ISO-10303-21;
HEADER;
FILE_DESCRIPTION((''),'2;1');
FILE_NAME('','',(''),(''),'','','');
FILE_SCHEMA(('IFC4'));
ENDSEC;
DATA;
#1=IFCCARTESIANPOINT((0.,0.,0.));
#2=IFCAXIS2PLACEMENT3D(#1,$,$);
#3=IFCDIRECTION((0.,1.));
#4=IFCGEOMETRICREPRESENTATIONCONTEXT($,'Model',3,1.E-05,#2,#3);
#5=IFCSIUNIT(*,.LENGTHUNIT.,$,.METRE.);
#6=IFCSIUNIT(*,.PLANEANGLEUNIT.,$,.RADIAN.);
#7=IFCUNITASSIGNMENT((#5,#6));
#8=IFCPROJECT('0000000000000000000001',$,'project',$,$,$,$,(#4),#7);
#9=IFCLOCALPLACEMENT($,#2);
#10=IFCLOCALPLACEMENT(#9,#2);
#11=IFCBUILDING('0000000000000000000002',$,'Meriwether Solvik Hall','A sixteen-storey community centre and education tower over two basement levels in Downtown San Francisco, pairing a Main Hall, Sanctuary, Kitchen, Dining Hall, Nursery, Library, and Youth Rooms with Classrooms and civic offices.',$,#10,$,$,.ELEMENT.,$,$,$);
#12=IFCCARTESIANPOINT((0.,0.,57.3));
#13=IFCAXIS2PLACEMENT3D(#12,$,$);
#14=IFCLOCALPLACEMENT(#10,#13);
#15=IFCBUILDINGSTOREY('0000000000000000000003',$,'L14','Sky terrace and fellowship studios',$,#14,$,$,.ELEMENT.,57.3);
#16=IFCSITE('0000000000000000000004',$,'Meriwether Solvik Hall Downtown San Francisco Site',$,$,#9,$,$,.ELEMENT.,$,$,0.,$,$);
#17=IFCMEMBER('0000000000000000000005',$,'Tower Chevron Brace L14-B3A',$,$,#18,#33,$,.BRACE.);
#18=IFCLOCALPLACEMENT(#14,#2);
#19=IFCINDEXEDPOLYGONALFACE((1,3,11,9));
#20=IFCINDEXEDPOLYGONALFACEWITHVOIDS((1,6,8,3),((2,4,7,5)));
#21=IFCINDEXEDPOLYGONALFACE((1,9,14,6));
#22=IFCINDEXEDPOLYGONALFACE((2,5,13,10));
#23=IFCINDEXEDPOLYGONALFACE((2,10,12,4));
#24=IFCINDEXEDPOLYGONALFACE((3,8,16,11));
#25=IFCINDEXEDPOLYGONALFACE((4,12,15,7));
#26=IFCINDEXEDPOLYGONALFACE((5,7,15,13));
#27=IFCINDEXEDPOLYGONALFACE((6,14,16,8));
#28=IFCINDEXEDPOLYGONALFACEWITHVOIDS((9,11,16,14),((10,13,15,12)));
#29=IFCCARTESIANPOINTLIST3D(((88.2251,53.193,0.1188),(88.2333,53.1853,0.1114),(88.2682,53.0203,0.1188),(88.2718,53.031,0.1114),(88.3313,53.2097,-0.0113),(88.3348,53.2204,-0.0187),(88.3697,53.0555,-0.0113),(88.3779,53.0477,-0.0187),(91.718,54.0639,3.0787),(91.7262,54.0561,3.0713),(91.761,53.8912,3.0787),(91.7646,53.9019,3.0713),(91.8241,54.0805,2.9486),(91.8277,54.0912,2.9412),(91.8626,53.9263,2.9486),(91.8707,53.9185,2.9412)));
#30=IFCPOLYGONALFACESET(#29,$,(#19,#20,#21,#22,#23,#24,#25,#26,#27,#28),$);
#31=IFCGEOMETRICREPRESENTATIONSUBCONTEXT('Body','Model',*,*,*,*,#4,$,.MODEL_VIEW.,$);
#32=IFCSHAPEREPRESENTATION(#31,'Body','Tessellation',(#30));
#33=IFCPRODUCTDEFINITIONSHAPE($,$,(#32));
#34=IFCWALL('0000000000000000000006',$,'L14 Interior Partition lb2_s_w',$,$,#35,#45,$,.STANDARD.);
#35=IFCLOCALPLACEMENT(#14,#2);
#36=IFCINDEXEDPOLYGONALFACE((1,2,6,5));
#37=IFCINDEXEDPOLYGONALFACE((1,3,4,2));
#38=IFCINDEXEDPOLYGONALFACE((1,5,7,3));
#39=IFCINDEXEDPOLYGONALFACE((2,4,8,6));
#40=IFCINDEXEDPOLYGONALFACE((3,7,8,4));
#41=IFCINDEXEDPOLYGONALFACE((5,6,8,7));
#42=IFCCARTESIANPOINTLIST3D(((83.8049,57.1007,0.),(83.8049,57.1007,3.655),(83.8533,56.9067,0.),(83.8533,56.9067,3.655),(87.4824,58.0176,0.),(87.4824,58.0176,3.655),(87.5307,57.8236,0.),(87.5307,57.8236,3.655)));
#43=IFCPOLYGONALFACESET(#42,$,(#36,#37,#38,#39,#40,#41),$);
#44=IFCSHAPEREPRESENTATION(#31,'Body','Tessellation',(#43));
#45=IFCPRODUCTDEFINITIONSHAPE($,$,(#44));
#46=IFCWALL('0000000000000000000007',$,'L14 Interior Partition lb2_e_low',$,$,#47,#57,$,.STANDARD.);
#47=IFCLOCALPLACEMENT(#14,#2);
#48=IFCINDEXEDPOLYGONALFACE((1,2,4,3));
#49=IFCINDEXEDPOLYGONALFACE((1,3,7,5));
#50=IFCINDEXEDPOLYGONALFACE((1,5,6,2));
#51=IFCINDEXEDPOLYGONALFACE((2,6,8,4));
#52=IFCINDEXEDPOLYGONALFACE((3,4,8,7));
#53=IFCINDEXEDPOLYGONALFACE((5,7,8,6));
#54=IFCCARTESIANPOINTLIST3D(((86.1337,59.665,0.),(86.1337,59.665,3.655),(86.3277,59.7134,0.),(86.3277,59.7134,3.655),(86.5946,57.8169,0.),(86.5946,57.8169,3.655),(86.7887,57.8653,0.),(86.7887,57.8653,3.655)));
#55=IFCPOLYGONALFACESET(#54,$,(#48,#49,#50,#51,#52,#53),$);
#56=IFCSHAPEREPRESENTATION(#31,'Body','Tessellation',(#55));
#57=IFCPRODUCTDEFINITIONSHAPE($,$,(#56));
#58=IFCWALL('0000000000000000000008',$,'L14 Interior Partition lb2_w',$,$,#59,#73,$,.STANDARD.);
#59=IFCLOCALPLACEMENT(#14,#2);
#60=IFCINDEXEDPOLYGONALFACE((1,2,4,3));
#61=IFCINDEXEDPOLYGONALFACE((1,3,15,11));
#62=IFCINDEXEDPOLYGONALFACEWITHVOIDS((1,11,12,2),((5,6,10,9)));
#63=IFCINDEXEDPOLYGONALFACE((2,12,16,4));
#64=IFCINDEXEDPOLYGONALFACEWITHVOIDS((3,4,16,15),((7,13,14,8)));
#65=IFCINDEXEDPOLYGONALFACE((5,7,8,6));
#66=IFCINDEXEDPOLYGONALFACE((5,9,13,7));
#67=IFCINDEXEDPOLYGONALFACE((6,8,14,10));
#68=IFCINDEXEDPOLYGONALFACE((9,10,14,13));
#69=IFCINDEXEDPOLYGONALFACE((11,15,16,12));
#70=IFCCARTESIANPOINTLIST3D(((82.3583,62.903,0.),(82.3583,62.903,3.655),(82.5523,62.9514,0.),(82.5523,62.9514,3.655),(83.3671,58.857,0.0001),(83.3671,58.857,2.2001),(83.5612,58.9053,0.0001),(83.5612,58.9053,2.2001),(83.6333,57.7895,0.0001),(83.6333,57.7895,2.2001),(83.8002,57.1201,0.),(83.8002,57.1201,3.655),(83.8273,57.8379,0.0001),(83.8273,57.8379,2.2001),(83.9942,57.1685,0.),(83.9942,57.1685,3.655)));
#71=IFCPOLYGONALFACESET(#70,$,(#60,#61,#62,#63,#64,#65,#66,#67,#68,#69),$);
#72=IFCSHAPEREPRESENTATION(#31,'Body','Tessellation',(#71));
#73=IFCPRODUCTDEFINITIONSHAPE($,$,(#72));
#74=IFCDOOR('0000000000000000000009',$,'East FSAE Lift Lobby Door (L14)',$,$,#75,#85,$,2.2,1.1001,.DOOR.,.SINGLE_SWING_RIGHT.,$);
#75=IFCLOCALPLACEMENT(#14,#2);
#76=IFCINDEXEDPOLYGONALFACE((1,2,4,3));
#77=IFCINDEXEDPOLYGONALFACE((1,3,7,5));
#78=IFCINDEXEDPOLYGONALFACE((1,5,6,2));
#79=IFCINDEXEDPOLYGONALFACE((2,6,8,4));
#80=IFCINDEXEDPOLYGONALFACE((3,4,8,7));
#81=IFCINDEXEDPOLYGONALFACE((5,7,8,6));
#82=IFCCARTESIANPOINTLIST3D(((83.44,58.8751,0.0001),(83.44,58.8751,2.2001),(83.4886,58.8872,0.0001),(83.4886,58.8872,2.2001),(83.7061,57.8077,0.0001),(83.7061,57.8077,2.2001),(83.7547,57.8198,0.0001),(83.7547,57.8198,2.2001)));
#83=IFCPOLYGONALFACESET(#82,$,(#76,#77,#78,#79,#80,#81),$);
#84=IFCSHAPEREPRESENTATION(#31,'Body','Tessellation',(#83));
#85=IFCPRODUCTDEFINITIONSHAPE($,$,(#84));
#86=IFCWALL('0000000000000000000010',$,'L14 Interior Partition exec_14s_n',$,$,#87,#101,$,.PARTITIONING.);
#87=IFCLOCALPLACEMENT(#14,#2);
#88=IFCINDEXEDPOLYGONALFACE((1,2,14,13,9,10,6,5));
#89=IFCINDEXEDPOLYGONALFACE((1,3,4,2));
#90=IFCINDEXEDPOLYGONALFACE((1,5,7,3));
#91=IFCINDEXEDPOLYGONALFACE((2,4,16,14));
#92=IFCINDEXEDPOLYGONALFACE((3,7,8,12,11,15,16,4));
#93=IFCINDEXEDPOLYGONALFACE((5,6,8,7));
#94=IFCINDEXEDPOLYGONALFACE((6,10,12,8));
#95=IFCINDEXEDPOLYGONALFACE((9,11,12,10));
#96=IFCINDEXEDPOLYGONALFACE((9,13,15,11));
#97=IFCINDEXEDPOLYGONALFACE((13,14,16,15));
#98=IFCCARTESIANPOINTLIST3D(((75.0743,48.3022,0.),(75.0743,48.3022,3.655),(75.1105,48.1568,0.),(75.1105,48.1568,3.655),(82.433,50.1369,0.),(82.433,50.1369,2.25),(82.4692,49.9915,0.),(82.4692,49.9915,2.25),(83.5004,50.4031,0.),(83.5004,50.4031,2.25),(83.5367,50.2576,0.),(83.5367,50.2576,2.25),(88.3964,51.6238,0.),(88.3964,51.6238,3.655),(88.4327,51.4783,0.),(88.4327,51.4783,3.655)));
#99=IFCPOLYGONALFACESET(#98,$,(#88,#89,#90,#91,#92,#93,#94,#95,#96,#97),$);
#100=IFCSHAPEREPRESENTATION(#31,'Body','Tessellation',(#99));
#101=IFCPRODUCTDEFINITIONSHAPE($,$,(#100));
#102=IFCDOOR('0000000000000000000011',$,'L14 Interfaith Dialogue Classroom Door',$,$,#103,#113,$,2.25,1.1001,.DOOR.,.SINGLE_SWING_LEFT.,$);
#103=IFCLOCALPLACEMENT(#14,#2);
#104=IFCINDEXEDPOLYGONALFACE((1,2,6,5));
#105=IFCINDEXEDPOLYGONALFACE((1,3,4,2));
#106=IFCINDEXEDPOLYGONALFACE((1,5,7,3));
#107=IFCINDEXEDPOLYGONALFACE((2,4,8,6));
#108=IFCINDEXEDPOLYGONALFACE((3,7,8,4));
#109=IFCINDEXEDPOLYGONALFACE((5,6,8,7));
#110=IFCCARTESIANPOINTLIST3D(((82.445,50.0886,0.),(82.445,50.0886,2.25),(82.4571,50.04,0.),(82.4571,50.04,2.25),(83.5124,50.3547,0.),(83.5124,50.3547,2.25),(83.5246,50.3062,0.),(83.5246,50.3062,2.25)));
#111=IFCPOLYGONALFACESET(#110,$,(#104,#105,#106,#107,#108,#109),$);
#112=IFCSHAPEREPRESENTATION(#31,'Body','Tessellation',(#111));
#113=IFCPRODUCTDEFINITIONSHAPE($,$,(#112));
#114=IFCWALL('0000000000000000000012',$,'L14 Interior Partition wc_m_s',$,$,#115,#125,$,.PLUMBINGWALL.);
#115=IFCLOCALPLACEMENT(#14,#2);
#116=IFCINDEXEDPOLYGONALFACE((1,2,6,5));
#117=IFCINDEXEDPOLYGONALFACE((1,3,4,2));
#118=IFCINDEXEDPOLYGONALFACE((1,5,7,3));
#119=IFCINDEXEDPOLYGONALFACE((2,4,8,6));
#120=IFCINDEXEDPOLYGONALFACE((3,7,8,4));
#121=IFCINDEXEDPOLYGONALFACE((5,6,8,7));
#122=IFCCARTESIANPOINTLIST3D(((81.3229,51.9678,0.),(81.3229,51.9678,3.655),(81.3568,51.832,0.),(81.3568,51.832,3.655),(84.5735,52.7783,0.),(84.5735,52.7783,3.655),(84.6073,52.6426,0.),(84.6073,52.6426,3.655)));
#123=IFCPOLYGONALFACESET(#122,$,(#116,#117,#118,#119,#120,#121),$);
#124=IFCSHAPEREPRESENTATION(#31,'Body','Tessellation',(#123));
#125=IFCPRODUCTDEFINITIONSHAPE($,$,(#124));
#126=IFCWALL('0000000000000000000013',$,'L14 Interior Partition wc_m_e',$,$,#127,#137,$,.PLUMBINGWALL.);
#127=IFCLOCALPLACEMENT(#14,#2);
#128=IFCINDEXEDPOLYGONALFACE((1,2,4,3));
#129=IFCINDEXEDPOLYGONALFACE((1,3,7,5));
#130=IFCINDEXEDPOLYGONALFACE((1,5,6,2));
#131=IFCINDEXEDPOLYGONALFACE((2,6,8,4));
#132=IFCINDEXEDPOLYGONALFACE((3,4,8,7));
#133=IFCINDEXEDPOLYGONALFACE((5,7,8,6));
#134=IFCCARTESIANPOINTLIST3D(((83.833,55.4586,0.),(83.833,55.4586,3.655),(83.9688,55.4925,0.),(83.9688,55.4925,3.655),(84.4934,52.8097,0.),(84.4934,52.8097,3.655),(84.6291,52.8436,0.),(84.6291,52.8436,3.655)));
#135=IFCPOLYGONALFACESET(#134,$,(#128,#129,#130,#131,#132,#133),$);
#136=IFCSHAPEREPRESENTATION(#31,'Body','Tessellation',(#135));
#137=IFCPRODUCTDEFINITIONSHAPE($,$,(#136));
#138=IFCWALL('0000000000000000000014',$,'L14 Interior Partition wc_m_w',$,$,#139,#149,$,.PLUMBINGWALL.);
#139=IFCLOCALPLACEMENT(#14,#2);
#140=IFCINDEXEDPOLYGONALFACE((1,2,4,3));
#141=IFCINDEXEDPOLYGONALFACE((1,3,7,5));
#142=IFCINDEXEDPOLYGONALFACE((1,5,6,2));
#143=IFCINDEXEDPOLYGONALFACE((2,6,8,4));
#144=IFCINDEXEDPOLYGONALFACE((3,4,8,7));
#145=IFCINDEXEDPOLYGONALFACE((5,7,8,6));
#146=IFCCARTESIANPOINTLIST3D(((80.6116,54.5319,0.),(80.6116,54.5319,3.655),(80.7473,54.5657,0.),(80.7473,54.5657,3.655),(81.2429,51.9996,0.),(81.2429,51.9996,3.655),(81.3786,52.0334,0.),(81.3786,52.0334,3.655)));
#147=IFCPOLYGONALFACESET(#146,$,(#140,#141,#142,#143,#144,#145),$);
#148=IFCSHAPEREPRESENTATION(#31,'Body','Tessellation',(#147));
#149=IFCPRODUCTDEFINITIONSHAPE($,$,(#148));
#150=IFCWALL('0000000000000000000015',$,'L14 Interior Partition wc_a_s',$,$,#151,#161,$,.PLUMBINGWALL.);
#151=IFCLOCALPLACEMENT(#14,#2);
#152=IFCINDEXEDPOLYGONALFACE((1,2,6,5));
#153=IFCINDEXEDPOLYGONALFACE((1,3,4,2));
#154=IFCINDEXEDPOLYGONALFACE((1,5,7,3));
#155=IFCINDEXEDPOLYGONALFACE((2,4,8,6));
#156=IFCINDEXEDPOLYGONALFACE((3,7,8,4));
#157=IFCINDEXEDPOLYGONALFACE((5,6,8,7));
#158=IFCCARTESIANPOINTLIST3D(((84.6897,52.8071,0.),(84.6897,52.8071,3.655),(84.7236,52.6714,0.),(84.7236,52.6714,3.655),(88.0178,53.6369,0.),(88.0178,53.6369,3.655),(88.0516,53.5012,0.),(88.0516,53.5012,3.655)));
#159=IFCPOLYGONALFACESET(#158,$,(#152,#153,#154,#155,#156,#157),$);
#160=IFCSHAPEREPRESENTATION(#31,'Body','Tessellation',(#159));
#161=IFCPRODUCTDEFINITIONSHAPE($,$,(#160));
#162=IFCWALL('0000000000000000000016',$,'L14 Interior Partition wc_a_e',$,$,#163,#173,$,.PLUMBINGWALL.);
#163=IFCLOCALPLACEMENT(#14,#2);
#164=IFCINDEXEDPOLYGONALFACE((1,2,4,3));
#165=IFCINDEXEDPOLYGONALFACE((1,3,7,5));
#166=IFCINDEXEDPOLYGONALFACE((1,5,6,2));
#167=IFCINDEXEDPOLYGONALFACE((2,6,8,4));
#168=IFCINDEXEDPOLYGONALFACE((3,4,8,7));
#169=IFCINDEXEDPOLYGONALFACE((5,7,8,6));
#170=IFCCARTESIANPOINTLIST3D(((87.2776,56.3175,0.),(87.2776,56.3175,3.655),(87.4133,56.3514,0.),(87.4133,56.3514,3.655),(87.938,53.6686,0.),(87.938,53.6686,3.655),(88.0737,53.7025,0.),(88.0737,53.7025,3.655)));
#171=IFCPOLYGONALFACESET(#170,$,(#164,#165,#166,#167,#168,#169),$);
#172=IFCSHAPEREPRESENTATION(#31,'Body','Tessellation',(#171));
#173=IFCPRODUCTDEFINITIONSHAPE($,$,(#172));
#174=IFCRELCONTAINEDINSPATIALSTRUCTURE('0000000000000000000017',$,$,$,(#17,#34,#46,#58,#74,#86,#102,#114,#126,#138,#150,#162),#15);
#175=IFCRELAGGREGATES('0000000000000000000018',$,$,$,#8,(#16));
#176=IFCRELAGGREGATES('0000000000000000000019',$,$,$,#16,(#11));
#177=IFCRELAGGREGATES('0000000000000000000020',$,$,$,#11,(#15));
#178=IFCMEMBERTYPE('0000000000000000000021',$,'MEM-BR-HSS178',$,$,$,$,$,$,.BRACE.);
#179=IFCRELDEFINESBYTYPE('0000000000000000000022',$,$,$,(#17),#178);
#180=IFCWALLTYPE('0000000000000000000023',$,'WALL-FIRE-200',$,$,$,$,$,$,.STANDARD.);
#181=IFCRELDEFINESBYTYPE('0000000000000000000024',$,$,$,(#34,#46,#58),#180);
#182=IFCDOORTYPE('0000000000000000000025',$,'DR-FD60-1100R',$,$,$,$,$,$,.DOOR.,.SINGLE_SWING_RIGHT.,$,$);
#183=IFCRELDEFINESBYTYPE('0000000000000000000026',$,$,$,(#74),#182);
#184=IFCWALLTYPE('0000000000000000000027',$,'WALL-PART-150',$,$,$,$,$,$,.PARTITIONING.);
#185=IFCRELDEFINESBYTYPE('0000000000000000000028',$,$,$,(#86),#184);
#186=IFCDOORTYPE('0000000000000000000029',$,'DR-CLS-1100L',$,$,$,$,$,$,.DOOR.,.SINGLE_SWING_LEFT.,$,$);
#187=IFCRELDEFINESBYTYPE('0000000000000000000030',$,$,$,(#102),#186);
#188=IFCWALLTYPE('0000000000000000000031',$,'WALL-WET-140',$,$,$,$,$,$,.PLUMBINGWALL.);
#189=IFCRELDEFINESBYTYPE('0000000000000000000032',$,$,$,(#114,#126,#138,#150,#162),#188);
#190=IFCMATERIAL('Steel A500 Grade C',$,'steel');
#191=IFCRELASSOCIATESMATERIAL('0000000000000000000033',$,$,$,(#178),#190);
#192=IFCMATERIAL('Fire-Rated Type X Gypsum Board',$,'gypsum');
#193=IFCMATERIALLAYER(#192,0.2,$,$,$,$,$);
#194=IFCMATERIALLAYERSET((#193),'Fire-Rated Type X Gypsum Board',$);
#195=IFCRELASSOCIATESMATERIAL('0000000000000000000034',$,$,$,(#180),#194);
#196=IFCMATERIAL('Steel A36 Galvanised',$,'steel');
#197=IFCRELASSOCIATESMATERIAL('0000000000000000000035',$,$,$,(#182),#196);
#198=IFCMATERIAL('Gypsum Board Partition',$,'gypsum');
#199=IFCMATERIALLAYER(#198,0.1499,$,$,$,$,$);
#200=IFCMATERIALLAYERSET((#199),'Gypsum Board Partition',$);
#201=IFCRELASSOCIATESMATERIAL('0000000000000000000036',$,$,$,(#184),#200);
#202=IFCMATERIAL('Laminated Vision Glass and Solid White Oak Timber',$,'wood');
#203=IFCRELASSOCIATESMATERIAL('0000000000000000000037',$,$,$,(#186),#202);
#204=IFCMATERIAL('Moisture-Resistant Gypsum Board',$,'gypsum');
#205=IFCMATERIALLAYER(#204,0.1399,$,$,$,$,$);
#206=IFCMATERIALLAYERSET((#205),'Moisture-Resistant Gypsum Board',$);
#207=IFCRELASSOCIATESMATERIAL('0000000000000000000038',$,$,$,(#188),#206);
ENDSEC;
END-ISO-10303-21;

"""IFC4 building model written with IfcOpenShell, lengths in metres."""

from ifc_helpers import new_model, si_unit, direction, frame, frame_2d, origin, origin_2d, place, context, subcontext, project, spatial, rectangle, hollow_rectangle, extrude, material, layer, layer_set, material_profile, profile_set, type_object, element, fill, save


model = new_model("IFC4")

# Units and contexts
model_context = context("Model", 3, precision=1e-05, world=origin(), true_north=direction((0.0, 1.0)))
body_context = subcontext(model_context, "Body", "Model", "MODEL_VIEW")
ifc_project = project(units=[si_unit("LENGTHUNIT", "METRE"), si_unit("PLANEANGLEUNIT", "RADIAN")], contexts=[model_context])

# Site, building, storey
site_placement = place(None, origin())
site = spatial("IfcSite", under=ifc_project, at=site_placement, Name="Meriwether Solvik Hall Downtown San Francisco Site", CompositionType="ELEMENT", RefElevation=0.0)
building_placement = place(site_placement, origin())
building = spatial("IfcBuilding", under=site, at=building_placement, Name="Meriwether Solvik Hall", Description="A sixteen-storey community centre and education tower over two basement levels in Downtown San Francisco, pairing a Main Hall, Sanctuary, Kitchen, Dining Hall, Nursery, Library, and Youth Rooms with Classrooms and civic offices.", CompositionType="ELEMENT")
storey_placement = place(building_placement, frame((0.0, 0.0, 57.3)))
storey = spatial("IfcBuildingStorey", under=building, at=storey_placement, Name="L14", Description="Sky terrace and fellowship studios", CompositionType="ELEMENT", Elevation=57.3)

# Member
ifc_material_1 = material(Name="Steel A500 Grade C", Category="steel")
ifc_material_profile_1 = material_profile(ifc_material_1, hollow_rectangle(XDim=0.178, YDim=0.178, WallThickness=0.0095, at=origin_2d()), Name="HSS178X178X9.5")
ifc_profile_set_1 = profile_set([ifc_material_profile_1], Name="Steel A500 Grade C")
member_type_1 = type_object("IfcMemberType", Name="MEM-BR-HSS178", PredefinedType="BRACE", material=ifc_profile_set_1)
member_1_placement = place(storey_placement, frame((88.3015, 53.1204, 0.05), z_axis=(0.749474, 0.186858, 0.635117), x_axis=(-0.241913, 0.970298, 0.0)))
element("IfcMember", 1, at=member_1_placement, inside=storey, type_object=member_type_1, Name="Tower Chevron Brace L14-B3A", PredefinedType="BRACE", context=body_context, shape_type="SweptSolid", body=[
    extrude(hollow_rectangle(XDim=0.178, YDim=0.178, WallThickness=0.0095, at=origin_2d()), origin(), (0.0, 0.0, 1.0), 4.6604),
])

# Walls
ifc_material_2 = material(Name="Fire-Rated Type X Gypsum Board", Category="gypsum")
ifc_layer_1 = layer(ifc_material_2, 0.2)
ifc_layer_set_1 = layer_set([ifc_layer_1], Name="Fire-Rated Type X Gypsum Board")
wall_type_1 = type_object("IfcWallType", Name="WALL-FIRE-200", PredefinedType="STANDARD", material=ifc_layer_set_1)
wall_1_placement = place(storey_placement, frame((83.8291, 57.0037, 0.0), z_axis=(0.0, 0.0, 1.0), x_axis=(0.97029, 0.241944, 0.0)))
element("IfcWall", 2, at=wall_1_placement, inside=storey, type_object=wall_type_1, Name="L14 Interior Partition lb2_s_w", PredefinedType="STANDARD", context=body_context, shape_type="SweptSolid", body=[
    extrude(rectangle(XDim=3.79, YDim=0.2, at=frame_2d((1.895, 0.0))), origin(), (0.0, 0.0, 1.0), 3.655),
])
wall_2_placement = place(storey_placement, frame((86.6917, 57.8411, 0.0), z_axis=(0.0, 0.0, 1.0), x_axis=(-0.241993, 0.970278, 0.0)))
element("IfcWall", 3, at=wall_2_placement, inside=storey, type_object=wall_type_1, Name="L14 Interior Partition lb2_e_low", PredefinedType="STANDARD", context=body_context, shape_type="SweptSolid", body=[
    extrude(rectangle(XDim=1.9048, YDim=0.2, at=frame_2d((0.9524, 0.0))), origin(), (0.0, 0.0, 1.0), 3.655),
])

# Walls, openings, doors
wall_3_placement = place(storey_placement, frame((83.8972, 57.1443, 0.0), z_axis=(0.0, 0.0, 1.0), x_axis=(-0.241928, 0.970294, 0.0)))
wall_3 = element("IfcWall", 4, at=wall_3_placement, inside=storey, type_object=wall_type_1, Name="L14 Interior Partition lb2_w", PredefinedType="STANDARD", context=body_context, shape_type="SweptSolid", body=[
    extrude(rectangle(XDim=5.96, YDim=0.2, at=frame_2d((2.98, 0.0))), origin(), (0.0, 0.0, 1.0), 3.655),
])
opening_1_placement = place(wall_3_placement, frame((0.6899, 0.0, 0.0)))
opening_1 = element("IfcOpeningElement", 5, at=opening_1_placement, cuts=wall_3, PredefinedType="OPENING", context=body_context, shape_type="SweptSolid", body=[
    extrude(rectangle(XDim=1.1001, YDim=2.2, at=frame_2d((0.55, 1.1001))), frame((0.0, 0.1118, 0.0), z_axis=(0.0, -1.0, 0.0), x_axis=(1.0, 0.0, 0.0)), (0.0, 0.0, 1.0), 0.2239),
])
ifc_material_3 = material(Name="Steel A36 Galvanised", Category="steel")
door_type_1 = type_object("IfcDoorType", Name="DR-FD60-1100R", OperationType="SINGLE_SWING_RIGHT", PredefinedType="DOOR", material=ifc_material_3)
door_1_placement = place(opening_1_placement, origin())
door_1 = element("IfcDoor", 6, at=door_1_placement, inside=storey, type_object=door_type_1, Name="East FSAE Lift Lobby Door (L14)", OperationType="SINGLE_SWING_RIGHT", OverallHeight=2.2, OverallWidth=1.1001, PredefinedType="DOOR", context=body_context, shape_type="SweptSolid", body=[
    extrude(rectangle(XDim=1.1001, YDim=2.2, at=frame_2d((0.55, 1.1001))), frame((0.0, 0.0249, 0.0), z_axis=(0.0, -1.0, 0.0), x_axis=(1.0, 0.0, 0.0)), (0.0, 0.0, 1.0), 0.05),
])
fill(opening_1, door_1)
ifc_material_4 = material(Name="Gypsum Board Partition", Category="gypsum")
ifc_layer_2 = layer(ifc_material_4, 0.1499)
ifc_layer_set_2 = layer_set([ifc_layer_2], Name="Gypsum Board Partition")
wall_type_2 = type_object("IfcWallType", Name="WALL-PART-150", PredefinedType="PARTITIONING", material=ifc_layer_set_2)
wall_4_placement = place(storey_placement, frame((88.4146, 51.551, 0.0), z_axis=(0.0, 0.0, 1.0), x_axis=(-0.970297, -0.241916, 0.0)))
wall_4 = element("IfcWall", 7, at=wall_4_placement, inside=storey, type_object=wall_type_2, Name="L14 Interior Partition exec_14s_n", PredefinedType="PARTITIONING", context=body_context, shape_type="SweptSolid", body=[
    extrude(rectangle(XDim=13.73, YDim=0.1499, at=frame_2d((6.865, 0.0))), origin(), (0.0, 0.0, 1.0), 3.655),
])
opening_2_placement = place(wall_4_placement, frame((5.0459, 0.0, 0.0)))
opening_2 = element("IfcOpeningElement", 8, at=opening_2_placement, cuts=wall_4, PredefinedType="OPENING", context=body_context, shape_type="SweptSolid", body=[
    extrude(rectangle(XDim=1.1001, YDim=2.25, at=frame_2d((0.55, 1.125))), frame((0.0, 0.0869, 0.0), z_axis=(0.0, -1.0, 0.0), x_axis=(1.0, 0.0, 0.0)), (0.0, 0.0, 1.0), 0.1738),
])
ifc_material_5 = material(Name="Laminated Vision Glass and Solid White Oak Timber", Category="wood")
door_type_2 = type_object("IfcDoorType", Name="DR-CLS-1100L", OperationType="SINGLE_SWING_LEFT", PredefinedType="DOOR", material=ifc_material_5)
door_2_placement = place(opening_2_placement, origin())
door_2 = element("IfcDoor", 9, at=door_2_placement, inside=storey, type_object=door_type_2, Name="L14 Interfaith Dialogue Classroom Door", OperationType="SINGLE_SWING_LEFT", OverallHeight=2.25, OverallWidth=1.1001, PredefinedType="DOOR", context=body_context, shape_type="SweptSolid", body=[
    extrude(rectangle(XDim=1.1001, YDim=2.25, at=frame_2d((0.55, 1.125))), frame((0.0, 0.0249, 0.0), z_axis=(0.0, -1.0, 0.0), x_axis=(1.0, 0.0, 0.0)), (0.0, 0.0, 1.0), 0.05),
])
fill(opening_2, door_2)

# Walls
ifc_material_6 = material(Name="Moisture-Resistant Gypsum Board", Category="gypsum")
ifc_layer_3 = layer(ifc_material_6, 0.1399)
ifc_layer_set_3 = layer_set([ifc_layer_3], Name="Moisture-Resistant Gypsum Board")
wall_type_3 = type_object("IfcWallType", Name="WALL-WET-140", PredefinedType="PLUMBINGWALL", material=ifc_layer_set_3)
wall_5_placement = place(storey_placement, frame((81.3398, 51.8999, 0.0), z_axis=(0.0, 0.0, 1.0), x_axis=(0.970288, 0.241953, 0.0)))
element("IfcWall", 10, at=wall_5_placement, inside=storey, type_object=wall_type_3, Name="L14 Interior Partition wc_m_s", PredefinedType="PLUMBINGWALL", context=body_context, shape_type="SweptSolid", body=[
    extrude(rectangle(XDim=3.3501, YDim=0.1399, at=frame_2d((1.675, 0.0))), origin(), (0.0, 0.0, 1.0), 3.655),
])
wall_6_placement = place(storey_placement, frame((84.5613, 52.8267, 0.0), z_axis=(0.0, 0.0, 1.0), x_axis=(-0.241904, 0.9703, 0.0)))
element("IfcWall", 11, at=wall_6_placement, inside=storey, type_object=wall_type_3, Name="L14 Interior Partition wc_m_e", PredefinedType="PLUMBINGWALL", context=body_context, shape_type="SweptSolid", body=[
    extrude(rectangle(XDim=2.73, YDim=0.1399, at=frame_2d((1.365, 0.0))), origin(), (0.0, 0.0, 1.0), 3.655),
])

# Walls
wall_7_placement = place(storey_placement, frame((80.6794, 54.5488, 0.0), z_axis=(0.0, 0.0, 1.0), x_axis=(0.241897, -0.970302, 0.0)))
element("IfcWall", 12, at=wall_7_placement, inside=storey, type_object=wall_type_3, Name="L14 Interior Partition wc_m_w", PredefinedType="PLUMBINGWALL", context=body_context, shape_type="SweptSolid", body=[
    extrude(rectangle(XDim=2.6099, YDim=0.1399, at=frame_2d((1.3049, 0.0))), origin(), (0.0, 0.0, 1.0), 3.655),
])
wall_8_placement = place(storey_placement, frame((84.7068, 52.7393, 0.0), z_axis=(0.0, 0.0, 1.0), x_axis=(0.970293, 0.241933, 0.0)))
element("IfcWall", 13, at=wall_8_placement, inside=storey, type_object=wall_type_3, Name="L14 Interior Partition wc_a_s", PredefinedType="PLUMBINGWALL", context=body_context, shape_type="SweptSolid", body=[
    extrude(rectangle(XDim=3.4299, YDim=0.1399, at=frame_2d((1.7148, 0.0))), origin(), (0.0, 0.0, 1.0), 3.655),
])
wall_9_placement = place(storey_placement, frame((88.0059, 53.6855, 0.0), z_axis=(0.0, 0.0, 1.0), x_axis=(-0.241904, 0.9703, 0.0)))
element("IfcWall", 14, at=wall_9_placement, inside=storey, type_object=wall_type_3, Name="L14 Interior Partition wc_a_e", PredefinedType="PLUMBINGWALL", context=body_context, shape_type="SweptSolid", body=[
    extrude(rectangle(XDim=2.73, YDim=0.1399, at=frame_2d((1.365, 0.0))), origin(), (0.0, 0.0, 1.0), 3.655),
])

save(model, "model.ifc")
